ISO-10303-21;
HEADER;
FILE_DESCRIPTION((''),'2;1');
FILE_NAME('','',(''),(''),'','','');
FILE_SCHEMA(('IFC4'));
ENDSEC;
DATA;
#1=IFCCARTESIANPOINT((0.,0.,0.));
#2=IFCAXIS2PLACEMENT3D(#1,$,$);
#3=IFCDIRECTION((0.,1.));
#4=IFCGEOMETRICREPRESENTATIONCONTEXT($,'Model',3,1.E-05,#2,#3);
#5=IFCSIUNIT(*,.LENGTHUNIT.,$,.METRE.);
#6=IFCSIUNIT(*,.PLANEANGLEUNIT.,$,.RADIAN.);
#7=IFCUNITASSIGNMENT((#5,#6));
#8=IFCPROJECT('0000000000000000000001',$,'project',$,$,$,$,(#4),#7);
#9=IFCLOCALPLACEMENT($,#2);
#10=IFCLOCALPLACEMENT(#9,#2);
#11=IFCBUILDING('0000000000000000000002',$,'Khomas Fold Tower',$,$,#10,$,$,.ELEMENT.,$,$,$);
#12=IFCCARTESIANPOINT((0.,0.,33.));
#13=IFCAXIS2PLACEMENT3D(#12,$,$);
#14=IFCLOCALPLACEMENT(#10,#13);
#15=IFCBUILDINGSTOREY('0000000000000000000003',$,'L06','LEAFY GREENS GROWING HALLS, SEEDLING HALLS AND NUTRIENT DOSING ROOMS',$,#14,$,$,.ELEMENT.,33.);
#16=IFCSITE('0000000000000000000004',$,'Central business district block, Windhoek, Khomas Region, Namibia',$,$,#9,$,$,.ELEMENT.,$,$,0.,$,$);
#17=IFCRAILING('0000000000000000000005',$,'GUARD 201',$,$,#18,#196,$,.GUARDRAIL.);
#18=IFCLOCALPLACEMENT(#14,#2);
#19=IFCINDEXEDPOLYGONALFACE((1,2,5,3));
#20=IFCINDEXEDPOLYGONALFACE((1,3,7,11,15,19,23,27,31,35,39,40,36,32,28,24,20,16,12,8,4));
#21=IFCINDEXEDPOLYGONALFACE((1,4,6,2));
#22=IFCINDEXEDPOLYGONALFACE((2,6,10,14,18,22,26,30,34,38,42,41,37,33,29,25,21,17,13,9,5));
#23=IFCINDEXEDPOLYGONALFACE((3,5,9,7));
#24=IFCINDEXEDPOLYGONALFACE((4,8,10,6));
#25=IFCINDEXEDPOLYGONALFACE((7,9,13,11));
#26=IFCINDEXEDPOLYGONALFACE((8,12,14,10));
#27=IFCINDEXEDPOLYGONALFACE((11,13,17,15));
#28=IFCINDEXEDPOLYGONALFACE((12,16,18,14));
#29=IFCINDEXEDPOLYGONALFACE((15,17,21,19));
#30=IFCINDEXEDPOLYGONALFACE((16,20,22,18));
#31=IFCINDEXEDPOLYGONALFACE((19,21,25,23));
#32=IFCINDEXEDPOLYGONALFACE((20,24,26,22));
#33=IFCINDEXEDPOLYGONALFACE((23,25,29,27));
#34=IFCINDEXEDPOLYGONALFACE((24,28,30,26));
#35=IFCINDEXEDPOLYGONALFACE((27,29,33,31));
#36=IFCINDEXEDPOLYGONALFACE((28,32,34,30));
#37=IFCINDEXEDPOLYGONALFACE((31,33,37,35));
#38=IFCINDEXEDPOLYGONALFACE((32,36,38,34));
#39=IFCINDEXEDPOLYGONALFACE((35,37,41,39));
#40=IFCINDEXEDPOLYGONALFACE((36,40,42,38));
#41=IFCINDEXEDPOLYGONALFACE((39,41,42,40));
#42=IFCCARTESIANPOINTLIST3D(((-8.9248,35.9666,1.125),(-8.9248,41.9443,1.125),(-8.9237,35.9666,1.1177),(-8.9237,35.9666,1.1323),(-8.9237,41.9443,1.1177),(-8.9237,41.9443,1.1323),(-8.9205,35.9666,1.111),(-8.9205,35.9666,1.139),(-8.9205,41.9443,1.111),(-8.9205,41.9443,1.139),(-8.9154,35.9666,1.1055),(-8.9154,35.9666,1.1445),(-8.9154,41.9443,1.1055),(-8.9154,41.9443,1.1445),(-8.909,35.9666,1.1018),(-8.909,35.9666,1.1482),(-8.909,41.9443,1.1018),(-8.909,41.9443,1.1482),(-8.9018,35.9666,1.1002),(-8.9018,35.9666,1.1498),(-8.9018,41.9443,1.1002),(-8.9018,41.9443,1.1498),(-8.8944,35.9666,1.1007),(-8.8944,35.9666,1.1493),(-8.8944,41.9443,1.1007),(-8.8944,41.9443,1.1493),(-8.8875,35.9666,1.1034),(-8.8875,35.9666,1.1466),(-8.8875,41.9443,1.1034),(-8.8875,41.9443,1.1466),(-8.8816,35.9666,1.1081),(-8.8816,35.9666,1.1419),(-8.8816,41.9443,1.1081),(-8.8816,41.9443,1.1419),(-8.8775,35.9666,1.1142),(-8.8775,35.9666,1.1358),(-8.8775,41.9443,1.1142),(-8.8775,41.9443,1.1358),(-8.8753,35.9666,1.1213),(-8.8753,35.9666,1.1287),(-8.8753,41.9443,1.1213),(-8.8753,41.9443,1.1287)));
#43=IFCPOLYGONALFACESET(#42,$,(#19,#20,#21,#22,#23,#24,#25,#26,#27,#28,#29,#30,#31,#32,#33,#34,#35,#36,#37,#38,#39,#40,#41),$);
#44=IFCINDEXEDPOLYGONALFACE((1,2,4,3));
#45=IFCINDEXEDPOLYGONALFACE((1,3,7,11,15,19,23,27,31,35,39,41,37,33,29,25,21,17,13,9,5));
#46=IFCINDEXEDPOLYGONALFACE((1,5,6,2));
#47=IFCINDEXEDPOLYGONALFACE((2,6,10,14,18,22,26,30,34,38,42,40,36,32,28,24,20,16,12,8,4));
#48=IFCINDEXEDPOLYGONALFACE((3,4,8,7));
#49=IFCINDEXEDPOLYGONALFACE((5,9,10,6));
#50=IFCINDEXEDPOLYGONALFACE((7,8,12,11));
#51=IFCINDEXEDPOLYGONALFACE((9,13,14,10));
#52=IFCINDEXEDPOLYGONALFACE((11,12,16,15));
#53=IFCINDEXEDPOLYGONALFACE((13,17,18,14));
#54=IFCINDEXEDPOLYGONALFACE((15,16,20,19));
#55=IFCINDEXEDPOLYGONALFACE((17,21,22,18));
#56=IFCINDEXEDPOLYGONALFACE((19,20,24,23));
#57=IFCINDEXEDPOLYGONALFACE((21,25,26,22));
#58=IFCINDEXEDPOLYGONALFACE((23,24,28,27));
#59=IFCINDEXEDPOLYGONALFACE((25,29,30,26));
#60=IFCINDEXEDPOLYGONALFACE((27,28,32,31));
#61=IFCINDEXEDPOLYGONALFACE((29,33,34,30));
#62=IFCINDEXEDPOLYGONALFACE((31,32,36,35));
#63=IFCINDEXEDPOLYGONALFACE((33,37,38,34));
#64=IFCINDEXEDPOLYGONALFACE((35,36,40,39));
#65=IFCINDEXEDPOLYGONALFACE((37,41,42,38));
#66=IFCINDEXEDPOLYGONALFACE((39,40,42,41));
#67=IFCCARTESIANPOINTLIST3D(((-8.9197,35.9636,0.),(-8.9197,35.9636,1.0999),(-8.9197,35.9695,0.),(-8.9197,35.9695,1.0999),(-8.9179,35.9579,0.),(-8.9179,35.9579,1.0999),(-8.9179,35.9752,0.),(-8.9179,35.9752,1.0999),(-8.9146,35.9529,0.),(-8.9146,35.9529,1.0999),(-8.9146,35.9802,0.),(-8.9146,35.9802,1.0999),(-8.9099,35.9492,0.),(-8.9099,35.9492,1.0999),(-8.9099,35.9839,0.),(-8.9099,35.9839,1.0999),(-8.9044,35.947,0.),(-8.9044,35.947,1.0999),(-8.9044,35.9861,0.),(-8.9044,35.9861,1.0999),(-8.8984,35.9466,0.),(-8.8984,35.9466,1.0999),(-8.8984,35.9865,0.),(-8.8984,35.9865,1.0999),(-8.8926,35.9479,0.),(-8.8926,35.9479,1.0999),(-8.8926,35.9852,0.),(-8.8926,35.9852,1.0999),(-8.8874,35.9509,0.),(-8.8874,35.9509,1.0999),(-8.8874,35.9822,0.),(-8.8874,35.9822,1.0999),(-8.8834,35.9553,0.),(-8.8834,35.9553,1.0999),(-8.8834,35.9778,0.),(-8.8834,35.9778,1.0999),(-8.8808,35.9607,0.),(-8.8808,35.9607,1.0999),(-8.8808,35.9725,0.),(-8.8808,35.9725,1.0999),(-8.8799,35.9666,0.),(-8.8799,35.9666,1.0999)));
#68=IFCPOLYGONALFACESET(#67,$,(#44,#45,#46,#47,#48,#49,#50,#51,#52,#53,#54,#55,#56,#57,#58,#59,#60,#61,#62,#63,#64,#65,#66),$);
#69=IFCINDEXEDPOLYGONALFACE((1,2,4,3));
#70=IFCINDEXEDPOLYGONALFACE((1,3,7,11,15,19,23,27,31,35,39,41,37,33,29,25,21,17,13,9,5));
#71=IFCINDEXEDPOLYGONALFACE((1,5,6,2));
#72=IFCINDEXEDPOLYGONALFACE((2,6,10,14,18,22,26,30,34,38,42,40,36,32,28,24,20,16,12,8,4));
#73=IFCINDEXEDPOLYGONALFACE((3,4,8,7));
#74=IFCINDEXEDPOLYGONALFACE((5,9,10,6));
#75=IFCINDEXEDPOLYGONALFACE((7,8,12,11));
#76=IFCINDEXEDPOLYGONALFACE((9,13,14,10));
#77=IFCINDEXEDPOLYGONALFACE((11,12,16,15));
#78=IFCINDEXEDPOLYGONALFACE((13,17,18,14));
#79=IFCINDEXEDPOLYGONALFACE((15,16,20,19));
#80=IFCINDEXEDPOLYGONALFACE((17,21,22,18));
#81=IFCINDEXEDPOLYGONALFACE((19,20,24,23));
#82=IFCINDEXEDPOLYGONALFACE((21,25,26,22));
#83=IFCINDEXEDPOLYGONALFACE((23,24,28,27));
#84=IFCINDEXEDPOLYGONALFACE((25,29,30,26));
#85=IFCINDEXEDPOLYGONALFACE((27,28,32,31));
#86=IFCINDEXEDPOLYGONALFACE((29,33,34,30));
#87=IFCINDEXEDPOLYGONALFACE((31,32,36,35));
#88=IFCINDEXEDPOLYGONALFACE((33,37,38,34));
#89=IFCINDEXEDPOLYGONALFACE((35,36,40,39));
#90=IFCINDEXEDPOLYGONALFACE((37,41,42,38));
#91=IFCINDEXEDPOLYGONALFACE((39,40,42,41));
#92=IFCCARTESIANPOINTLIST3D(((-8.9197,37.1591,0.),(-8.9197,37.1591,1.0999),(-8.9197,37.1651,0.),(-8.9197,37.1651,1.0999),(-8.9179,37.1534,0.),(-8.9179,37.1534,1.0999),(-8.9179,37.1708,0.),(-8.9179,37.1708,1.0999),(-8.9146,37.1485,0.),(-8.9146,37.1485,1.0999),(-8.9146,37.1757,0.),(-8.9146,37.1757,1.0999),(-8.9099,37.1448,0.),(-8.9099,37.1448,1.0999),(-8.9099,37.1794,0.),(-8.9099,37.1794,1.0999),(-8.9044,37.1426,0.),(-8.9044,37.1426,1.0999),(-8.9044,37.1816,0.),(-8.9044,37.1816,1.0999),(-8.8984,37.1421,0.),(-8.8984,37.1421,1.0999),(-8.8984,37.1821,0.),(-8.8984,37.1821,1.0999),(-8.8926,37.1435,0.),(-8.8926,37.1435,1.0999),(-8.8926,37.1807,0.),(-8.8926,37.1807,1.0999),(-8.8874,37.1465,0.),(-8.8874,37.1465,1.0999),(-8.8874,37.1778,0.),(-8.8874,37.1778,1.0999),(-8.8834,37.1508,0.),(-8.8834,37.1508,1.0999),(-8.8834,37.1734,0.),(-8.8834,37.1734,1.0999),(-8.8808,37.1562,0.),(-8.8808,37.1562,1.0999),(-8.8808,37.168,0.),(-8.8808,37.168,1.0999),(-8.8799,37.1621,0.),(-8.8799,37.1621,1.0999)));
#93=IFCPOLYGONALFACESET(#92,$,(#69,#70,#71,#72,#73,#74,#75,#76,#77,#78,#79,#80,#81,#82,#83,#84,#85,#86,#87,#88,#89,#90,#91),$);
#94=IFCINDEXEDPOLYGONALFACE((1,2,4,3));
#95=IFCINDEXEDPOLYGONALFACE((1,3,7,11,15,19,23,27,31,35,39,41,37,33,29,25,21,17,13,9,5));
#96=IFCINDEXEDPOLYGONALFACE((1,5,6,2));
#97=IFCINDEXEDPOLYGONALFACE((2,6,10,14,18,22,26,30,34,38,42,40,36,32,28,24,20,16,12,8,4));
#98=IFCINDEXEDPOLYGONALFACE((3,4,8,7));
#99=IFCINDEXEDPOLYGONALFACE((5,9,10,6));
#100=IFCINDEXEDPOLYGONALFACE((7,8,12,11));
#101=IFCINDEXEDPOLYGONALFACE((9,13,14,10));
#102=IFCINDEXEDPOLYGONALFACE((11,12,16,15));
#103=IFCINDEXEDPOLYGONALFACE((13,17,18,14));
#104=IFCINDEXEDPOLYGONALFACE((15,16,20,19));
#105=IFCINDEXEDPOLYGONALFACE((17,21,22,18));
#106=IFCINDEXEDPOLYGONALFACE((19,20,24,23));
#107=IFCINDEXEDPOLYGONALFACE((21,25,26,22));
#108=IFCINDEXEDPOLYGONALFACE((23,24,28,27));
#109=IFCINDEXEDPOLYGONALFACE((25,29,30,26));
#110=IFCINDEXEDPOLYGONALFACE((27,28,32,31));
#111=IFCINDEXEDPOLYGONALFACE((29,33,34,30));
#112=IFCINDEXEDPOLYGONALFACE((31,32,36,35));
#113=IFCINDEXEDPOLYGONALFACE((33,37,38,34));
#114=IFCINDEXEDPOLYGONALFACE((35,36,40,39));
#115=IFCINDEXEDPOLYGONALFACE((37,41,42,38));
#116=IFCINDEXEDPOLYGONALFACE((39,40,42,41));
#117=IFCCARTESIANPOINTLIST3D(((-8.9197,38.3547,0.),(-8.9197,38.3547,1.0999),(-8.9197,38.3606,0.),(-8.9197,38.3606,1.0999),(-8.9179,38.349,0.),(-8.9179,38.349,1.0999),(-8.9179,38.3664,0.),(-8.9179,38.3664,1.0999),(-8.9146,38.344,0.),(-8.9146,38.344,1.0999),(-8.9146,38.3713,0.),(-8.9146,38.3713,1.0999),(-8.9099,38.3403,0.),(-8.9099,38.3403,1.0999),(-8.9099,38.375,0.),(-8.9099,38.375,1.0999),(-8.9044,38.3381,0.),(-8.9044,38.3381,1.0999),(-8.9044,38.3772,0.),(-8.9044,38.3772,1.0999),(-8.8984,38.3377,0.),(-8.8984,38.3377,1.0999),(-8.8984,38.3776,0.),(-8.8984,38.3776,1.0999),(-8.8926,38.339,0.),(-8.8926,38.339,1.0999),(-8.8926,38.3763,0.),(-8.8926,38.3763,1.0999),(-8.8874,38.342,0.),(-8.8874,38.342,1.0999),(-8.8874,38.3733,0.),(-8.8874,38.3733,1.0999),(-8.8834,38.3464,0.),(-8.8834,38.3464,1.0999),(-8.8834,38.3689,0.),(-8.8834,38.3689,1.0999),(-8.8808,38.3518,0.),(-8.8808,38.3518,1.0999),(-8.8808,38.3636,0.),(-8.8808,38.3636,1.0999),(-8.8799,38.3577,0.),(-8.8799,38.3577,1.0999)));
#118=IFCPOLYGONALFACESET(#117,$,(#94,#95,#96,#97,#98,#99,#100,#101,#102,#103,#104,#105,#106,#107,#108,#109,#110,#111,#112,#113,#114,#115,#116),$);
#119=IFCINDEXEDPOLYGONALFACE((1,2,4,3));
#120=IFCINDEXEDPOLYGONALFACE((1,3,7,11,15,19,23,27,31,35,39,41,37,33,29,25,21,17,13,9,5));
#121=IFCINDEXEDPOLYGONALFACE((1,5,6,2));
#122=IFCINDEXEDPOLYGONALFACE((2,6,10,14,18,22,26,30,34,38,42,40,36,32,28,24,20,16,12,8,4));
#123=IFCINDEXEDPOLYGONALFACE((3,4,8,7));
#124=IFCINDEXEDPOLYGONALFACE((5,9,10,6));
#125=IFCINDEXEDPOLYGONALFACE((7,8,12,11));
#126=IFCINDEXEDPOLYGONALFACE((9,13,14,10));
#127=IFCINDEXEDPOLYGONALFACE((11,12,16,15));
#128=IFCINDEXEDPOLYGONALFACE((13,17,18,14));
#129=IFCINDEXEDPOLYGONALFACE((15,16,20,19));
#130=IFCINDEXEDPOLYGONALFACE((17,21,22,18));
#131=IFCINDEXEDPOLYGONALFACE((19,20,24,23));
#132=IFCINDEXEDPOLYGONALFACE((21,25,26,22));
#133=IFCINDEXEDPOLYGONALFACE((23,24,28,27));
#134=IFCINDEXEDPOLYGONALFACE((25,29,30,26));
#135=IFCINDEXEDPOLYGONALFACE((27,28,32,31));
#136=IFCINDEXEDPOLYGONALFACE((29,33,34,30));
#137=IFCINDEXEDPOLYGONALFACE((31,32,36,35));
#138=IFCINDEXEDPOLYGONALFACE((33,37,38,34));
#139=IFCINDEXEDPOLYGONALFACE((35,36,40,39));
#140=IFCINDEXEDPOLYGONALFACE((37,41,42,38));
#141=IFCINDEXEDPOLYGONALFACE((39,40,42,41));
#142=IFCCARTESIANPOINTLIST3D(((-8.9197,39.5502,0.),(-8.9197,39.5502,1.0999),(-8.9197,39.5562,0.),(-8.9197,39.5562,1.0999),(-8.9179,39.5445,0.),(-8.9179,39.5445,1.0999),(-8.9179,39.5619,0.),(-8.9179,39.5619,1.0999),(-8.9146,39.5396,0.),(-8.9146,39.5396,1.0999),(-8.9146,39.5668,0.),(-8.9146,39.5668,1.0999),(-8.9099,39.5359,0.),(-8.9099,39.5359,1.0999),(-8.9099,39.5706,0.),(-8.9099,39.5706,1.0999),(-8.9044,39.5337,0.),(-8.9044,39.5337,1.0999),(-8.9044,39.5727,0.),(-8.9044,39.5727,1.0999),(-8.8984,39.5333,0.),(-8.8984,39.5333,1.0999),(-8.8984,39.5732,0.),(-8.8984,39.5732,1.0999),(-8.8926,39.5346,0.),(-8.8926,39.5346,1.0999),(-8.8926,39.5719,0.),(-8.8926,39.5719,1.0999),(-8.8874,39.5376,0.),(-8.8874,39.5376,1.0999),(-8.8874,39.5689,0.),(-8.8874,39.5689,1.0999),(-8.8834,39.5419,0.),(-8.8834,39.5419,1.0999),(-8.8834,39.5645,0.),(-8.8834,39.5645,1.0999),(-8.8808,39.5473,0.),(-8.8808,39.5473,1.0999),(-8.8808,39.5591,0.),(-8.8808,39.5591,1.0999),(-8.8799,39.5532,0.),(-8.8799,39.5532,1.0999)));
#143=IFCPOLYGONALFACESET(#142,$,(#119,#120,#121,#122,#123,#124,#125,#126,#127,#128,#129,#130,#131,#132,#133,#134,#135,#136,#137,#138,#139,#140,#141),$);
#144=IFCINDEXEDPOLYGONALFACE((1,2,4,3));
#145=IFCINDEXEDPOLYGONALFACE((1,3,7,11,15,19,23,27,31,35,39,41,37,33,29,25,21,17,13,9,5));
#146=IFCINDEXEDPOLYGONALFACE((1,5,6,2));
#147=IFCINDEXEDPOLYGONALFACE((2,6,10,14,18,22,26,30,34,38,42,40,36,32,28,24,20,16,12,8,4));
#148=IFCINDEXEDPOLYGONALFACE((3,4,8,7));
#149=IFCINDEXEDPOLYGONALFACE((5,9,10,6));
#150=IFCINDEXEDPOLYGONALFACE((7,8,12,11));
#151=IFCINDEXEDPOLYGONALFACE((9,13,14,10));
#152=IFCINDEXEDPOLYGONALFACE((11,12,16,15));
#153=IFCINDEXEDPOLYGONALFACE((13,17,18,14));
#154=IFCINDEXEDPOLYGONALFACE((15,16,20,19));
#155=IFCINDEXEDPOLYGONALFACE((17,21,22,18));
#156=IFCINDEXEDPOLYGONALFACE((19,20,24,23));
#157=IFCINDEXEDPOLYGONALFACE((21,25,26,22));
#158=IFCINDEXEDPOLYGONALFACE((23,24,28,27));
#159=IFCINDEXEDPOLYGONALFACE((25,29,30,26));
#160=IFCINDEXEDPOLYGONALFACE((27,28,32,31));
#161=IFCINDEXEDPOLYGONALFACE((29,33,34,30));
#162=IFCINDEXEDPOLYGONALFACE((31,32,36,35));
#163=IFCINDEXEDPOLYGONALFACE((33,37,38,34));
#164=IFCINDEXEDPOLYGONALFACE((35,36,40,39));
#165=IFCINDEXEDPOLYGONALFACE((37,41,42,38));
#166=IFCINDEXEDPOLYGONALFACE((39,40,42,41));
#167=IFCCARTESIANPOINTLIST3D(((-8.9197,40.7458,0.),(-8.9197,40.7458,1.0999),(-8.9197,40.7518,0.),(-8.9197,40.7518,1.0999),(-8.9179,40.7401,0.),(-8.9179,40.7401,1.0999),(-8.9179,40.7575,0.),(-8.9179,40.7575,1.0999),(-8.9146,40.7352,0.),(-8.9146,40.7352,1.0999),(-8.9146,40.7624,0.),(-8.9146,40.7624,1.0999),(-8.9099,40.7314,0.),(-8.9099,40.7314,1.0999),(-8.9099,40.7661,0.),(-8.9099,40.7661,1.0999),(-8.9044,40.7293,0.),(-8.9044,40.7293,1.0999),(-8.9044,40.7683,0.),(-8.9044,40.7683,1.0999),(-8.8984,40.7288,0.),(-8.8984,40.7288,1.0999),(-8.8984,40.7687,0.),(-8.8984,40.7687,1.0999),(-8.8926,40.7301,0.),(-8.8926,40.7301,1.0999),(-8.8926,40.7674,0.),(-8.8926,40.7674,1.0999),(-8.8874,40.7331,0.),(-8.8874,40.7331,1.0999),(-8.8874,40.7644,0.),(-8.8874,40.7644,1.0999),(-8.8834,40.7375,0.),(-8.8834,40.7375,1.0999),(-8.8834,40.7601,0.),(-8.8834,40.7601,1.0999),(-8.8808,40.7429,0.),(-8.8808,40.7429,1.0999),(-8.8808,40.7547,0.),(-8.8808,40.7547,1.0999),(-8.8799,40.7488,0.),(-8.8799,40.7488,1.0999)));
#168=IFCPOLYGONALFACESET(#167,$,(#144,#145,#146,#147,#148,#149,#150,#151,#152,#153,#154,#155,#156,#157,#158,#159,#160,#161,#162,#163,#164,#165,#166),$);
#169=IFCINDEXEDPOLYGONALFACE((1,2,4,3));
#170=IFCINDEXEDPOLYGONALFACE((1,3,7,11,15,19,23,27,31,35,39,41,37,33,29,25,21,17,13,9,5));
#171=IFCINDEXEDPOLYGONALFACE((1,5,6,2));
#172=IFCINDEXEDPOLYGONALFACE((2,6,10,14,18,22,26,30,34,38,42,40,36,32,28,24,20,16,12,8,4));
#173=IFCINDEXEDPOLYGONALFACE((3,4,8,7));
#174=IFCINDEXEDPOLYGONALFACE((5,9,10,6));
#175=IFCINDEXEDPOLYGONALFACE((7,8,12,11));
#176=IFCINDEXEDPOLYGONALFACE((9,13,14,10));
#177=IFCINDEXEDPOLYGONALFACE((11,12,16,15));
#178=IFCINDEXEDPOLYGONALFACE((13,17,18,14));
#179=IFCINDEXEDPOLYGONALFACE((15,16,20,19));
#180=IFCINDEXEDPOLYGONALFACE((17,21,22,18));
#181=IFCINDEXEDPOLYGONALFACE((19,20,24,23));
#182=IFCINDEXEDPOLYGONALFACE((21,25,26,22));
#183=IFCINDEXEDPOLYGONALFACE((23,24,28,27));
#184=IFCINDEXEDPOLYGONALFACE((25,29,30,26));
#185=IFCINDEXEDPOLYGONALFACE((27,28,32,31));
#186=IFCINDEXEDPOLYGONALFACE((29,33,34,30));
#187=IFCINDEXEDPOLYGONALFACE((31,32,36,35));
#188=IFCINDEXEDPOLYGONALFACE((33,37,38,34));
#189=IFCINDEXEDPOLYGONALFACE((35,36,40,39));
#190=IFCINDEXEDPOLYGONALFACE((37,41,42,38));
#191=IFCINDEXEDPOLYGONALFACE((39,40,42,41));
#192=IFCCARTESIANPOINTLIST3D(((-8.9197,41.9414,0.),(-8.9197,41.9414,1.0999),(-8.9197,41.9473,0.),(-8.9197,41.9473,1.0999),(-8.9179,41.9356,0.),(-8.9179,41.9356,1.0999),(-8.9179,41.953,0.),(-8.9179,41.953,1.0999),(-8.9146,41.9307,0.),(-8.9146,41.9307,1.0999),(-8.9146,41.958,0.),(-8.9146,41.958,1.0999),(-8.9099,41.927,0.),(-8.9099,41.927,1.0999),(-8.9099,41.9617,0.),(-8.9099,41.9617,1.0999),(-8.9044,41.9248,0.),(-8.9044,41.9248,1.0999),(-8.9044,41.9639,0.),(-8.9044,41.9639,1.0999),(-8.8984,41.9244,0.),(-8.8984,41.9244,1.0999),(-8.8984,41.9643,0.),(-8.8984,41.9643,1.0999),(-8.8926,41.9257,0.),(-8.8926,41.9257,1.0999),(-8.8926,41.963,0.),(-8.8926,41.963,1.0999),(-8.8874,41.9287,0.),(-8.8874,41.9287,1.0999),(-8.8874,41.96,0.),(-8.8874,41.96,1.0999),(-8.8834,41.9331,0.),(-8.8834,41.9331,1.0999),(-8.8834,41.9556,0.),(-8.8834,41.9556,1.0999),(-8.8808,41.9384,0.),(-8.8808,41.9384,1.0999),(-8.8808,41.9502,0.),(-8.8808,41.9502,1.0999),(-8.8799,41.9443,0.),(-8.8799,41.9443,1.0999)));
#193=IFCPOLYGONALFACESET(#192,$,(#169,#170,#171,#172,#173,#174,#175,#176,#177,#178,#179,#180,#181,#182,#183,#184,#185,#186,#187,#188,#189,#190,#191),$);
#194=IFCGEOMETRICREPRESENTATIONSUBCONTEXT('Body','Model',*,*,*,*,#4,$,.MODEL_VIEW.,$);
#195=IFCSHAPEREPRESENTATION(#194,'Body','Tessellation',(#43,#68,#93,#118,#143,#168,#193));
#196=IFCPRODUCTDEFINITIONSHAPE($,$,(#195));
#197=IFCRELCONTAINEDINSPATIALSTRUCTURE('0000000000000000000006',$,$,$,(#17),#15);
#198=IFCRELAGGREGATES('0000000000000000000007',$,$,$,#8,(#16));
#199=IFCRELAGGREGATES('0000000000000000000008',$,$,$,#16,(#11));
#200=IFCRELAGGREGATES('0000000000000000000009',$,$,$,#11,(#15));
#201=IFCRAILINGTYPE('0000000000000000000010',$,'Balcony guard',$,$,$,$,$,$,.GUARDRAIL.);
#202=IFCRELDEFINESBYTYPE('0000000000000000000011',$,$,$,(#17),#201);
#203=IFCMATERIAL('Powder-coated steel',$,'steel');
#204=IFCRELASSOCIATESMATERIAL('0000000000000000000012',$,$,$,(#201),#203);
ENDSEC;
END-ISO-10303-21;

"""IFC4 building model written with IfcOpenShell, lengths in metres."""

from ifc_helpers import new_model, si_unit, direction, frame, origin, origin_2d, place, context, subcontext, project, spatial, circle, extrude, source, transform, mapped, material, type_object, element, save


model = new_model("IFC4")

# Units and contexts
model_context = context("Model", 3, precision=1e-05, world=origin(), true_north=direction((0.0, 1.0)))
body_context = subcontext(model_context, "Body", "Model", "MODEL_VIEW")
ifc_project = project(units=[si_unit("LENGTHUNIT", "METRE"), si_unit("PLANEANGLEUNIT", "RADIAN")], contexts=[model_context])

# Site, building, storey
site_placement = place(None, origin())
site = spatial("IfcSite", under=ifc_project, at=site_placement, Name="Central business district block, Windhoek, Khomas Region, Namibia", CompositionType="ELEMENT", RefElevation=0.0)
building_placement = place(site_placement, origin())
building = spatial("IfcBuilding", under=site, at=building_placement, Name="Khomas Fold Tower", CompositionType="ELEMENT")
storey_placement = place(building_placement, frame((0.0, 0.0, 33.0)))
storey = spatial("IfcBuildingStorey", under=building, at=storey_placement, Name="L06", Description="LEAFY GREENS GROWING HALLS, SEEDLING HALLS AND NUTRIENT DOSING ROOMS", CompositionType="ELEMENT", Elevation=33.0)

# Railing
ifc_material_1 = material(Name="Powder-coated steel", Category="steel")
railing_type = type_object("IfcRailingType", Name="Balcony guard", PredefinedType="GUARDRAIL", material=ifc_material_1)
shared_shape_1 = source(origin(), body_context, "Body", "SweptSolid", [
    extrude(circle(Radius=0.0249, at=origin_2d()), frame((0.0, 0.0, 1.125), z_axis=(0.0, 1.0, 0.0), x_axis=(-1.0, 0.0, 0.0)), (0.0, 0.0, 1.0), 5.9778),
    extrude(circle(Radius=0.02, at=origin_2d()), origin(), (0.0, 0.0, 1.0), 1.0999),
    extrude(circle(Radius=0.02, at=origin_2d()), frame((0.0, 1.1956, 0.0)), (0.0, 0.0, 1.0), 1.0999),
    extrude(circle(Radius=0.02, at=origin_2d()), frame((0.0, 2.3911, 0.0)), (0.0, 0.0, 1.0), 1.0999),
    extrude(circle(Radius=0.02, at=origin_2d()), frame((0.0, 3.5867, 0.0)), (0.0, 0.0, 1.0), 1.0999),
    extrude(circle(Radius=0.02, at=origin_2d()), frame((0.0, 4.7822, 0.0)), (0.0, 0.0, 1.0), 1.0999),
    extrude(circle(Radius=0.02, at=origin_2d()), frame((0.0, 5.9778, 0.0)), (0.0, 0.0, 1.0), 1.0999),
])
for number, where, name in (
    (1, (-8.8999, 35.9666, 0.0), "GUARD 201"),
):
    element("IfcRailing", number, at=place(storey_placement, frame(where)), inside=storey, type_object=railing_type, Name=name, PredefinedType="GUARDRAIL", context=body_context, shape_type="MappedRepresentation", body=[
        mapped(shared_shape_1, transform((0.0, 0.0, 0.0))),
    ])

save(model, "model.ifc")
